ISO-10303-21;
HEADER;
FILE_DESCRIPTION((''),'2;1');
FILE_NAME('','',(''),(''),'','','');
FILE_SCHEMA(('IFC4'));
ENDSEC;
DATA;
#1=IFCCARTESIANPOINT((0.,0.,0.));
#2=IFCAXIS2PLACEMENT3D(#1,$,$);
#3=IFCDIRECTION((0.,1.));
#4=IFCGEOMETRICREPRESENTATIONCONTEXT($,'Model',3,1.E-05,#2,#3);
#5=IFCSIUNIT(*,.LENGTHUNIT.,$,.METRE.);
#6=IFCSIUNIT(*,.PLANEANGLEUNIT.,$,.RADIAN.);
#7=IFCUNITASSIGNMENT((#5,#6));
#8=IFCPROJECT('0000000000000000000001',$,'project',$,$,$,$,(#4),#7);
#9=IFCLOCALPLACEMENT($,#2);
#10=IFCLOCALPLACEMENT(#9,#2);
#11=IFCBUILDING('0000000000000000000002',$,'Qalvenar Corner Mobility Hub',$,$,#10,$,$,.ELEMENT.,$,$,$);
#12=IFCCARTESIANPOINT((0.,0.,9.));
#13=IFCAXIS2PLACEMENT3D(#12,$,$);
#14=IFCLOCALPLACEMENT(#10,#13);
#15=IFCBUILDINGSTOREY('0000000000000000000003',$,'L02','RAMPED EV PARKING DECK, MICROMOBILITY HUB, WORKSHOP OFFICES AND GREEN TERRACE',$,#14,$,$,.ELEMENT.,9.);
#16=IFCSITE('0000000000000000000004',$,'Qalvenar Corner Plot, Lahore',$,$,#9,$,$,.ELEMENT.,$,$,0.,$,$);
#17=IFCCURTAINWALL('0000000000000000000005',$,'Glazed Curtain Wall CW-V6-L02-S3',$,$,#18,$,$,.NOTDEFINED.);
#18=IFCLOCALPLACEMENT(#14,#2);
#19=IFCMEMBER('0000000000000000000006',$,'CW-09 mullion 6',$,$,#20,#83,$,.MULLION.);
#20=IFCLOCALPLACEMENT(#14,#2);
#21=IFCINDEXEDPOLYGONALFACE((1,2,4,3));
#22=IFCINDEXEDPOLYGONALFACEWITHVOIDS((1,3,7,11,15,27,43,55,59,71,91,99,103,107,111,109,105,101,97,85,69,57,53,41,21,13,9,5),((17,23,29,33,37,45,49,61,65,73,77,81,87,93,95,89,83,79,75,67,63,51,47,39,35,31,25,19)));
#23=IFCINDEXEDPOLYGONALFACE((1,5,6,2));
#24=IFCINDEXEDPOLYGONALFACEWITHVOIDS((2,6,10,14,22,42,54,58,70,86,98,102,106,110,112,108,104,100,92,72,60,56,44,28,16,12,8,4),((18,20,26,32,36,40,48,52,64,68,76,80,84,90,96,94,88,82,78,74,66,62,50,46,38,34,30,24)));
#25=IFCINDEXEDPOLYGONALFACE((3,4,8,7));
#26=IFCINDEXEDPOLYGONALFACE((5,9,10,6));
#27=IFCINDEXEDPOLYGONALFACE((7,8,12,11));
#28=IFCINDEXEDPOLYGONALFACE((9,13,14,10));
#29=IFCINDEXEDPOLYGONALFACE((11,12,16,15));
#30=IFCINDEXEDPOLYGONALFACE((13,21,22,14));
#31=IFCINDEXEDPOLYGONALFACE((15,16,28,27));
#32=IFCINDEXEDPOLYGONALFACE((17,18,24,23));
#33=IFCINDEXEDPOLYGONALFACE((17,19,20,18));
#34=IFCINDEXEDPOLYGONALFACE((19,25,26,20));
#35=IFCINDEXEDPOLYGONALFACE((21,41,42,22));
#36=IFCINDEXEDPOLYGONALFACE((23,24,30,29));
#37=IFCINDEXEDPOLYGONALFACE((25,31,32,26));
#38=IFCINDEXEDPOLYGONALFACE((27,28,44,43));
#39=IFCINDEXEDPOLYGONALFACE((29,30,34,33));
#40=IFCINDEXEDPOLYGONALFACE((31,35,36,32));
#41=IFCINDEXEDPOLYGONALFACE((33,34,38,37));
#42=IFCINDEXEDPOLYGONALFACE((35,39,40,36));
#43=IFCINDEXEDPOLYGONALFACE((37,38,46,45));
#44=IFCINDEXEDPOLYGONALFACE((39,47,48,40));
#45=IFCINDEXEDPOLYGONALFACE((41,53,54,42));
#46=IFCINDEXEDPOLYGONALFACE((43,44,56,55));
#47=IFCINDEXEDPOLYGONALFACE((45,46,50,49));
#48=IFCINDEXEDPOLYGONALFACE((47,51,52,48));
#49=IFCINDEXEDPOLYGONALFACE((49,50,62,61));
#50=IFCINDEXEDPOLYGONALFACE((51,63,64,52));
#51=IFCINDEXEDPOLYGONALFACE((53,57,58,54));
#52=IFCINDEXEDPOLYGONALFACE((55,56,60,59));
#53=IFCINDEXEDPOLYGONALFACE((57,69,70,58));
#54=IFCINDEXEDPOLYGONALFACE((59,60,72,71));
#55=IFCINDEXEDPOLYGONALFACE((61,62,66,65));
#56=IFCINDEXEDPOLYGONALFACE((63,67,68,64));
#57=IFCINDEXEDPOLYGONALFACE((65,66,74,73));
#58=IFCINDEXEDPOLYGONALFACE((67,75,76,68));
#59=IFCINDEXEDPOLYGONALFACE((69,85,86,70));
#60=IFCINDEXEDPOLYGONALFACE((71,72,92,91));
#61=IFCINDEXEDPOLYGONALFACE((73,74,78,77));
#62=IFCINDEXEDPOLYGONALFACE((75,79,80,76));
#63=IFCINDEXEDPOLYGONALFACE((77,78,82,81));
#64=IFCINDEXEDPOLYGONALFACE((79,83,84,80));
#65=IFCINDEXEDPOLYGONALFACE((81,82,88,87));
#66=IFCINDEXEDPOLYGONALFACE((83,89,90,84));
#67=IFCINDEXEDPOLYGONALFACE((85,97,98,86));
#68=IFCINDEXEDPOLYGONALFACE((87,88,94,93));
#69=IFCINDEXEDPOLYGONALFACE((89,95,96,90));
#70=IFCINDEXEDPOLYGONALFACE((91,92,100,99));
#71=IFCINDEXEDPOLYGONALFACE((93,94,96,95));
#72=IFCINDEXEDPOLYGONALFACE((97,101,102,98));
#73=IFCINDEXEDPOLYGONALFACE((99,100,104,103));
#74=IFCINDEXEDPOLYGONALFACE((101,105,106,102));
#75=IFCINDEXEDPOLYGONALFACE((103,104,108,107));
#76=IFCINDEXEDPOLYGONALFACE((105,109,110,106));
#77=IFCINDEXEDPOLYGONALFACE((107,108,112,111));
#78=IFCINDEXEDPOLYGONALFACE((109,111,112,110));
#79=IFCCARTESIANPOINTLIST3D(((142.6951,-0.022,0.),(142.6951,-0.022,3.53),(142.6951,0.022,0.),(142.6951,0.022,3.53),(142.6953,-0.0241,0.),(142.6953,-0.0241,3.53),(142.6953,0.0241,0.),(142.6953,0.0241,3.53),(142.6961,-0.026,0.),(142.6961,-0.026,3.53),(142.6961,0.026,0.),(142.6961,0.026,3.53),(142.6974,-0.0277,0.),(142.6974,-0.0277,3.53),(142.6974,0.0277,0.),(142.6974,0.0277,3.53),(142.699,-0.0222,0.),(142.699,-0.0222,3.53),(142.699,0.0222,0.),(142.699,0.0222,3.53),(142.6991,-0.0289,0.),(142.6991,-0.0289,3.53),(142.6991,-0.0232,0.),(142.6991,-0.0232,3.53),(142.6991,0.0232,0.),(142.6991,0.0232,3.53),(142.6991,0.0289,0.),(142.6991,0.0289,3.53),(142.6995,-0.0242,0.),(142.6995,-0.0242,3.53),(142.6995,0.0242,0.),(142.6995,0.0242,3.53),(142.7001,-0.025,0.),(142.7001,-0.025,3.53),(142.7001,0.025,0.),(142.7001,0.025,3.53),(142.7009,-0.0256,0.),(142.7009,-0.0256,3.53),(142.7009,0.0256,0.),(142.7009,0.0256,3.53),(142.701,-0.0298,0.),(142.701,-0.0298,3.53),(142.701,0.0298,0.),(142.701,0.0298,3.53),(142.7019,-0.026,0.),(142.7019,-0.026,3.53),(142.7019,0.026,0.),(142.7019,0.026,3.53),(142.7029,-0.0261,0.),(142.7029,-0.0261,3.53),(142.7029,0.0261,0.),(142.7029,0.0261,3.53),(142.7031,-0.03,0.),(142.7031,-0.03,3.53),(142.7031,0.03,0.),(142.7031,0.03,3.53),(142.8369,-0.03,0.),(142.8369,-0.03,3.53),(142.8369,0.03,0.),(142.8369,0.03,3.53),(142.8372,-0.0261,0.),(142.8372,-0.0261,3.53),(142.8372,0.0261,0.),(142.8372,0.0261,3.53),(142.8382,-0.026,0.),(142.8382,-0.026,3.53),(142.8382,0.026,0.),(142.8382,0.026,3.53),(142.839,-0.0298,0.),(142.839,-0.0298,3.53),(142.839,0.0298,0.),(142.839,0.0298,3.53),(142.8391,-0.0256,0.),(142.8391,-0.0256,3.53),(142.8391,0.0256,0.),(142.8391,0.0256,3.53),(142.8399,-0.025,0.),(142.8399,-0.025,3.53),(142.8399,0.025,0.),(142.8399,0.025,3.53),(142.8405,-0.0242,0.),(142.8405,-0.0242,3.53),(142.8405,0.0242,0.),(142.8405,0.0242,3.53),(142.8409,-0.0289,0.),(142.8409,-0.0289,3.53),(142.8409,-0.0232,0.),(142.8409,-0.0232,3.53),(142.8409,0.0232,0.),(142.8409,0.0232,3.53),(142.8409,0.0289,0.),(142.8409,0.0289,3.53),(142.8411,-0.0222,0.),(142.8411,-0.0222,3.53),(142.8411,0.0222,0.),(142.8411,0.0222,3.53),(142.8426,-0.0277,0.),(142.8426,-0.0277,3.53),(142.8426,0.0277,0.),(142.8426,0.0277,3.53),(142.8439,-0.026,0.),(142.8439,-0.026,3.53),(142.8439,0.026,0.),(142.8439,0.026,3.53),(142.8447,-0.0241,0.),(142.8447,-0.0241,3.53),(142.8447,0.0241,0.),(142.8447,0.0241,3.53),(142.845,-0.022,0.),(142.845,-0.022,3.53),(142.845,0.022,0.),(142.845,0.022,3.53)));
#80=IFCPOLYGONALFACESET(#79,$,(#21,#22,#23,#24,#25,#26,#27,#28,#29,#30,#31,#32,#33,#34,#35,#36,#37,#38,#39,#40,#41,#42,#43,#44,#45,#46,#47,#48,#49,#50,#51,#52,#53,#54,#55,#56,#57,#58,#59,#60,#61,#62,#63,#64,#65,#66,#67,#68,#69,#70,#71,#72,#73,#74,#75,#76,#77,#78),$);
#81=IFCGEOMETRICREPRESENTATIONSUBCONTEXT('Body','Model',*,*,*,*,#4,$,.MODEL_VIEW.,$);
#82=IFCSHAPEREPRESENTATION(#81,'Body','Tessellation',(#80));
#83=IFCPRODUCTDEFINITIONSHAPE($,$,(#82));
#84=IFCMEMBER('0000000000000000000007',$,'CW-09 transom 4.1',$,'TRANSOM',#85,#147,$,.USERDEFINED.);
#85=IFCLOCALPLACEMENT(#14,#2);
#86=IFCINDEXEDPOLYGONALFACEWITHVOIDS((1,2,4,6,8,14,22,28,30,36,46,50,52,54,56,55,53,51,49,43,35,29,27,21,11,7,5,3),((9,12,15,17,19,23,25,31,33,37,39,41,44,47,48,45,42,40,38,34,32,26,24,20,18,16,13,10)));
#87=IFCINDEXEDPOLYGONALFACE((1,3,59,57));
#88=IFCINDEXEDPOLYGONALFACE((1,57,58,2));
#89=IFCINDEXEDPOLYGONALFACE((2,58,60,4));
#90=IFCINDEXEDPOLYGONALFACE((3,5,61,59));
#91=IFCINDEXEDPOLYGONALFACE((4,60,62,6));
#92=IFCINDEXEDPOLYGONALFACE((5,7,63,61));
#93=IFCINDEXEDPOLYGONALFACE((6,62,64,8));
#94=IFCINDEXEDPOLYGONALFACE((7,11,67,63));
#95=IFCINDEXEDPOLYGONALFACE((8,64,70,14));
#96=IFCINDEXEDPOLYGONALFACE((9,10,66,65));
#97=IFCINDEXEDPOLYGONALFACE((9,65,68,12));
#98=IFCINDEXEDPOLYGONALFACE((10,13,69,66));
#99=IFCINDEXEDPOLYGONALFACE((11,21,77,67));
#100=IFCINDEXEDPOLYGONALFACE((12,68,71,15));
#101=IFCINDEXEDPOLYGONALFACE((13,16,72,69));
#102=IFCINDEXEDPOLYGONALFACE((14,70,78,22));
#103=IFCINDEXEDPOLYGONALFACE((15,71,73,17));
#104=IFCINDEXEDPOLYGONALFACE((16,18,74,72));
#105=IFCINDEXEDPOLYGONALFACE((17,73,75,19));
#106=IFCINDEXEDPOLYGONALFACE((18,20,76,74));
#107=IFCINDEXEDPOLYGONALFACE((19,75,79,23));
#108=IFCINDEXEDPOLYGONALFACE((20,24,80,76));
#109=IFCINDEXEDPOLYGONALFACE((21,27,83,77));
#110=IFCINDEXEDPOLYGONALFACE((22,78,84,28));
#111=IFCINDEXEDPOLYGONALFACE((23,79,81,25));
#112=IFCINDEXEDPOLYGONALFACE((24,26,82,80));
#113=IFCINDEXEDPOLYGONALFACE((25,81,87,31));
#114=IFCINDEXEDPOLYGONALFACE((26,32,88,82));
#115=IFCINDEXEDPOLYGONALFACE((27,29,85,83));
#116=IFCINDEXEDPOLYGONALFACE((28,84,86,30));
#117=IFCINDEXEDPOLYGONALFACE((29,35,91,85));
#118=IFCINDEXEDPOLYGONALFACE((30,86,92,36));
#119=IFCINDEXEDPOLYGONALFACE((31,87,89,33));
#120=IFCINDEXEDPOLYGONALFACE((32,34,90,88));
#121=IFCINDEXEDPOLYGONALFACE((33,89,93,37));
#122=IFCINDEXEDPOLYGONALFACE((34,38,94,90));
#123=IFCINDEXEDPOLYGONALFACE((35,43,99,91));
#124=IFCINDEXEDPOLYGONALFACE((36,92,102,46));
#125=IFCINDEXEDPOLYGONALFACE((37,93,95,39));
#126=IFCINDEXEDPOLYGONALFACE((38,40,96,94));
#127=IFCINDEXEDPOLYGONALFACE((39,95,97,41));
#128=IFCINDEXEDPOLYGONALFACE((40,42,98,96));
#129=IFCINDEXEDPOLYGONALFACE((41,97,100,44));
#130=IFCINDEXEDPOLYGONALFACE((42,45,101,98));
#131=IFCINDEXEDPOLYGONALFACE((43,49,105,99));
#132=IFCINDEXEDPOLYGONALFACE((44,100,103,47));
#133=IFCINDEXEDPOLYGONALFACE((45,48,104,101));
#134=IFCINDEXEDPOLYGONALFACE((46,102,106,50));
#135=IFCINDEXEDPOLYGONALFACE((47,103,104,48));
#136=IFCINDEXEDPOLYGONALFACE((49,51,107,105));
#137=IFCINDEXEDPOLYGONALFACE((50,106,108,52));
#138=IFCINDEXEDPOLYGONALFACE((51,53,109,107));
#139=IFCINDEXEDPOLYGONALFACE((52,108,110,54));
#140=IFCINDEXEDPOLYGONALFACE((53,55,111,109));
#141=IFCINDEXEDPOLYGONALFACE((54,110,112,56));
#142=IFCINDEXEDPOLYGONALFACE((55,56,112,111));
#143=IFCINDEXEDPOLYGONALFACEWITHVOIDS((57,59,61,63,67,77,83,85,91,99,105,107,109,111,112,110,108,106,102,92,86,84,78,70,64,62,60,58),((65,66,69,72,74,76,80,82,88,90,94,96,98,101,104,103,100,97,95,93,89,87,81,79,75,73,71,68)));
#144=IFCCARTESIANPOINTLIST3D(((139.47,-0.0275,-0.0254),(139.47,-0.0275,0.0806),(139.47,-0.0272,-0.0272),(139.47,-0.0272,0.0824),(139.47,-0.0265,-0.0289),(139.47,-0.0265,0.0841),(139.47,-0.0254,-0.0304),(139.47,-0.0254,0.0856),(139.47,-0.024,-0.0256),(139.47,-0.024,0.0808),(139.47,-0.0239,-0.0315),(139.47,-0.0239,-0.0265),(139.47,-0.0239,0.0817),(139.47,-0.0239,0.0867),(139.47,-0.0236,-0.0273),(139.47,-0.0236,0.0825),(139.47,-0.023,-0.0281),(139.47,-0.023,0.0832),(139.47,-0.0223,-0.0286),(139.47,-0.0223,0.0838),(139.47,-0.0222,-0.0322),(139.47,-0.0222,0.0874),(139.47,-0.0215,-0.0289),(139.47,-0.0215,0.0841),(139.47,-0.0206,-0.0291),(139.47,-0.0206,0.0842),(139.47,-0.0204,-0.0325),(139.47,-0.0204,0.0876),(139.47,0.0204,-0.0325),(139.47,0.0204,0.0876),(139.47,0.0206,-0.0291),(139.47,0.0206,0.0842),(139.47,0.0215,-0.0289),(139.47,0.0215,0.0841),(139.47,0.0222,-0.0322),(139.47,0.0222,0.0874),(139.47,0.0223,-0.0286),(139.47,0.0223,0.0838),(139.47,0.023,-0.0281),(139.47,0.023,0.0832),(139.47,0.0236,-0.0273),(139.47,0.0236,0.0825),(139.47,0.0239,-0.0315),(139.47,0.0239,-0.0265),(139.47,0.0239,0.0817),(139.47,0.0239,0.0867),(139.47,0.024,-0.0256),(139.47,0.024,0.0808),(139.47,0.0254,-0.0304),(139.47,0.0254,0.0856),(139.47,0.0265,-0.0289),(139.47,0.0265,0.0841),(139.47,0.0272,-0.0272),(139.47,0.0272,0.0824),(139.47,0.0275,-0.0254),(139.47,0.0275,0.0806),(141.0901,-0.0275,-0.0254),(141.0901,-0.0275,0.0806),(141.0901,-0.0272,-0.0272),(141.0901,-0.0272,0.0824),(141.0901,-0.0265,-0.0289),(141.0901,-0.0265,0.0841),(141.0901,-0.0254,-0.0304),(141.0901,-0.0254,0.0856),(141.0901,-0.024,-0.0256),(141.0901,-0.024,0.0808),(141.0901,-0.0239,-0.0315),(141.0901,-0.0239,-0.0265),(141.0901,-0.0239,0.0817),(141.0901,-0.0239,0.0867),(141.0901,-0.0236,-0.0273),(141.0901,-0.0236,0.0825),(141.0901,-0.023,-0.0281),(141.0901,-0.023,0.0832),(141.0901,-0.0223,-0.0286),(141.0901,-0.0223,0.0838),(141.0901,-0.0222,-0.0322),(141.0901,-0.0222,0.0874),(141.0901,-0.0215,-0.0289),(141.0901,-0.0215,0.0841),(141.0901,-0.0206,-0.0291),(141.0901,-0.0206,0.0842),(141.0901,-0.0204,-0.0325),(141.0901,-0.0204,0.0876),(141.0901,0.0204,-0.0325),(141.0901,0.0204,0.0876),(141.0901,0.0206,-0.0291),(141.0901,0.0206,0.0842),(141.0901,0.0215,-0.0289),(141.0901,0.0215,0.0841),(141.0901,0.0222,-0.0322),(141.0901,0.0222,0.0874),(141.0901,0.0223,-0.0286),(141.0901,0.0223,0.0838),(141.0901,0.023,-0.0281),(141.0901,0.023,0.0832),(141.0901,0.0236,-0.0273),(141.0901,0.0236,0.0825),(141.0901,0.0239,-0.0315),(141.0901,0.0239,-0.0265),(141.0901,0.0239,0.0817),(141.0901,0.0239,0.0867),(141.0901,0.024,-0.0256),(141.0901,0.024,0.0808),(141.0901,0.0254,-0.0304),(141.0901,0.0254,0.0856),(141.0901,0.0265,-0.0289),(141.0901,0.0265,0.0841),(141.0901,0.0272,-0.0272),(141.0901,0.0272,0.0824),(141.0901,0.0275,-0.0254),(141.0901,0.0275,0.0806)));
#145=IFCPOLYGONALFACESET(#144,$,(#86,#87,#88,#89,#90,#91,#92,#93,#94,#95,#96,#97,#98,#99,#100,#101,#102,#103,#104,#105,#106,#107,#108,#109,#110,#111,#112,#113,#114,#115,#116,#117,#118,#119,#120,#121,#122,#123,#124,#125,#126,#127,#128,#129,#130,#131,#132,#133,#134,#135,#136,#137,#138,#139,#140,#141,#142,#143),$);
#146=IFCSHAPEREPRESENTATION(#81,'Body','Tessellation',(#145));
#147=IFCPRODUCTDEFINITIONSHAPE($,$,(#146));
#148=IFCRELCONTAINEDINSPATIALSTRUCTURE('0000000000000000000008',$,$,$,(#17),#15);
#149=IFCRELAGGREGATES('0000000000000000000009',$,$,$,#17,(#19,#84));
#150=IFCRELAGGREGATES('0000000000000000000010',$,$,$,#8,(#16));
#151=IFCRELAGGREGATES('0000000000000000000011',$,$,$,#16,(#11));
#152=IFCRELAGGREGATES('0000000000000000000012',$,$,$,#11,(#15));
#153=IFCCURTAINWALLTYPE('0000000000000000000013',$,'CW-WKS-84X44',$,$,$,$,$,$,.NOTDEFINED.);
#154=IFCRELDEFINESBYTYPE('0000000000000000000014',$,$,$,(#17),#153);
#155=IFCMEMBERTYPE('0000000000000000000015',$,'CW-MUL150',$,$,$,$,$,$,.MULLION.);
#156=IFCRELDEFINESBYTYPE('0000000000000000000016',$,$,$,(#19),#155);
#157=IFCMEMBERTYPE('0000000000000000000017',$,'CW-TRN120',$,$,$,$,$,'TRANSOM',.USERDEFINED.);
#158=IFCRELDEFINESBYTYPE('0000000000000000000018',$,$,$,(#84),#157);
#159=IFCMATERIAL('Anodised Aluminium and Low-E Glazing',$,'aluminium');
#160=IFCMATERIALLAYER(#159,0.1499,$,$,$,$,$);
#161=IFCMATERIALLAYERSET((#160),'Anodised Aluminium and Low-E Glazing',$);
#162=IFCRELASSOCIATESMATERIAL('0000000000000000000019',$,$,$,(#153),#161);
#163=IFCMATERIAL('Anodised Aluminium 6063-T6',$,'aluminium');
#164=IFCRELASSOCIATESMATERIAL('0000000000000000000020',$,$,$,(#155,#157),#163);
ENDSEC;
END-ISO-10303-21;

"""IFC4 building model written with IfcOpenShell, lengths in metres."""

from ifc_helpers import new_model, si_unit, direction, frame, origin, origin_2d, place, context, subcontext, project, spatial, hollow_rectangle, extrude, material, layer, layer_set, material_profile, profile_set, type_object, element, aggregate, save


model = new_model("IFC4")

# Units and contexts
model_context = context("Model", 3, precision=1e-05, world=origin(), true_north=direction((0.0, 1.0)))
body_context = subcontext(model_context, "Body", "Model", "MODEL_VIEW")
ifc_project = project(units=[si_unit("LENGTHUNIT", "METRE"), si_unit("PLANEANGLEUNIT", "RADIAN")], contexts=[model_context])

# Site, building, storey
site_placement = place(None, origin())
site = spatial("IfcSite", under=ifc_project, at=site_placement, Name="Qalvenar Corner Plot, Lahore", CompositionType="ELEMENT", RefElevation=0.0)
building_placement = place(site_placement, origin())
building = spatial("IfcBuilding", under=site, at=building_placement, Name="Qalvenar Corner Mobility Hub", CompositionType="ELEMENT")
storey_placement = place(building_placement, frame((0.0, 0.0, 9.0)))
storey = spatial("IfcBuildingStorey", under=building, at=storey_placement, Name="L02", Description="RAMPED EV PARKING DECK, MICROMOBILITY HUB, WORKSHOP OFFICES AND GREEN TERRACE", CompositionType="ELEMENT", Elevation=9.0)

# Curtain wall, members
ifc_material_1 = material(Name="Anodised Aluminium and Low-E Glazing", Category="aluminium")
ifc_layer_1 = layer(ifc_material_1, 0.1499)
ifc_layer_set_1 = layer_set([ifc_layer_1], Name="Anodised Aluminium and Low-E Glazing")
curtain_wall_type = type_object("IfcCurtainWallType", Name="CW-WKS-84X44", PredefinedType="NOTDEFINED", material=ifc_layer_set_1)
curtain_wall_placement = place(storey_placement, origin())
curtain_wall = element("IfcCurtainWall", 1, at=curtain_wall_placement, inside=storey, type_object=curtain_wall_type, Name="Glazed Curtain Wall CW-V6-L02-S3", PredefinedType="NOTDEFINED")
ifc_material_2 = material(Name="Anodised Aluminium 6063-T6", Category="aluminium")
ifc_material_profile_1 = material_profile(ifc_material_2, hollow_rectangle(XDim=0.0601, YDim=0.1499, WallThickness=0.0039, InnerFilletRadius=0.0039, OuterFilletRadius=0.0081, at=origin_2d()), Name="RHS150x60x4")
ifc_profile_set_1 = profile_set([ifc_material_profile_1], Name="Anodised Aluminium 6063-T6")
member_type_1 = type_object("IfcMemberType", Name="CW-MUL150", PredefinedType="MULLION", material=ifc_profile_set_1)
member_1_placement = place(storey_placement, frame((142.77, 0.0, 0.0), z_axis=(0.0, 0.0, 1.0), x_axis=(0.0, 1.0, 0.0)))
member_1 = element("IfcMember", 2, at=member_1_placement, type_object=member_type_1, Name="CW-09 mullion 6", PredefinedType="MULLION", context=body_context, shape_type="SweptSolid", body=[
    extrude(hollow_rectangle(XDim=0.0601, YDim=0.1499, WallThickness=0.0039, InnerFilletRadius=0.0039, OuterFilletRadius=0.0081, at=origin_2d()), origin(), (0.0, 0.0, 1.0), 3.53),
])
ifc_material_profile_2 = material_profile(ifc_material_2, hollow_rectangle(XDim=0.0549, YDim=0.1201, WallThickness=0.0034, InnerFilletRadius=0.0034, OuterFilletRadius=0.0071, at=origin_2d()), Name="RHS120x55x3.5")
ifc_profile_set_2 = profile_set([ifc_material_profile_2], Name="Anodised Aluminium 6063-T6")
member_type_2 = type_object("IfcMemberType", Name="CW-TRN120", ElementType="TRANSOM", PredefinedType="USERDEFINED", material=ifc_profile_set_2)
member_2_placement = place(storey_placement, frame((139.47, 0.0, 0.0276), z_axis=(1.0, 0.0, 0.0), x_axis=(0.0, 1.0, 0.0)))
member_2 = element("IfcMember", 3, at=member_2_placement, type_object=member_type_2, Name="CW-09 transom 4.1", ObjectType="TRANSOM", PredefinedType="USERDEFINED", context=body_context, shape_type="SweptSolid", body=[
    extrude(hollow_rectangle(XDim=0.0549, YDim=0.1201, WallThickness=0.0034, InnerFilletRadius=0.0034, OuterFilletRadius=0.0071, at=origin_2d()), origin(), (0.0, 0.0, 1.0), 1.6201),
])
aggregate(curtain_wall, [member_1, member_2])

save(model, "model.ifc")
